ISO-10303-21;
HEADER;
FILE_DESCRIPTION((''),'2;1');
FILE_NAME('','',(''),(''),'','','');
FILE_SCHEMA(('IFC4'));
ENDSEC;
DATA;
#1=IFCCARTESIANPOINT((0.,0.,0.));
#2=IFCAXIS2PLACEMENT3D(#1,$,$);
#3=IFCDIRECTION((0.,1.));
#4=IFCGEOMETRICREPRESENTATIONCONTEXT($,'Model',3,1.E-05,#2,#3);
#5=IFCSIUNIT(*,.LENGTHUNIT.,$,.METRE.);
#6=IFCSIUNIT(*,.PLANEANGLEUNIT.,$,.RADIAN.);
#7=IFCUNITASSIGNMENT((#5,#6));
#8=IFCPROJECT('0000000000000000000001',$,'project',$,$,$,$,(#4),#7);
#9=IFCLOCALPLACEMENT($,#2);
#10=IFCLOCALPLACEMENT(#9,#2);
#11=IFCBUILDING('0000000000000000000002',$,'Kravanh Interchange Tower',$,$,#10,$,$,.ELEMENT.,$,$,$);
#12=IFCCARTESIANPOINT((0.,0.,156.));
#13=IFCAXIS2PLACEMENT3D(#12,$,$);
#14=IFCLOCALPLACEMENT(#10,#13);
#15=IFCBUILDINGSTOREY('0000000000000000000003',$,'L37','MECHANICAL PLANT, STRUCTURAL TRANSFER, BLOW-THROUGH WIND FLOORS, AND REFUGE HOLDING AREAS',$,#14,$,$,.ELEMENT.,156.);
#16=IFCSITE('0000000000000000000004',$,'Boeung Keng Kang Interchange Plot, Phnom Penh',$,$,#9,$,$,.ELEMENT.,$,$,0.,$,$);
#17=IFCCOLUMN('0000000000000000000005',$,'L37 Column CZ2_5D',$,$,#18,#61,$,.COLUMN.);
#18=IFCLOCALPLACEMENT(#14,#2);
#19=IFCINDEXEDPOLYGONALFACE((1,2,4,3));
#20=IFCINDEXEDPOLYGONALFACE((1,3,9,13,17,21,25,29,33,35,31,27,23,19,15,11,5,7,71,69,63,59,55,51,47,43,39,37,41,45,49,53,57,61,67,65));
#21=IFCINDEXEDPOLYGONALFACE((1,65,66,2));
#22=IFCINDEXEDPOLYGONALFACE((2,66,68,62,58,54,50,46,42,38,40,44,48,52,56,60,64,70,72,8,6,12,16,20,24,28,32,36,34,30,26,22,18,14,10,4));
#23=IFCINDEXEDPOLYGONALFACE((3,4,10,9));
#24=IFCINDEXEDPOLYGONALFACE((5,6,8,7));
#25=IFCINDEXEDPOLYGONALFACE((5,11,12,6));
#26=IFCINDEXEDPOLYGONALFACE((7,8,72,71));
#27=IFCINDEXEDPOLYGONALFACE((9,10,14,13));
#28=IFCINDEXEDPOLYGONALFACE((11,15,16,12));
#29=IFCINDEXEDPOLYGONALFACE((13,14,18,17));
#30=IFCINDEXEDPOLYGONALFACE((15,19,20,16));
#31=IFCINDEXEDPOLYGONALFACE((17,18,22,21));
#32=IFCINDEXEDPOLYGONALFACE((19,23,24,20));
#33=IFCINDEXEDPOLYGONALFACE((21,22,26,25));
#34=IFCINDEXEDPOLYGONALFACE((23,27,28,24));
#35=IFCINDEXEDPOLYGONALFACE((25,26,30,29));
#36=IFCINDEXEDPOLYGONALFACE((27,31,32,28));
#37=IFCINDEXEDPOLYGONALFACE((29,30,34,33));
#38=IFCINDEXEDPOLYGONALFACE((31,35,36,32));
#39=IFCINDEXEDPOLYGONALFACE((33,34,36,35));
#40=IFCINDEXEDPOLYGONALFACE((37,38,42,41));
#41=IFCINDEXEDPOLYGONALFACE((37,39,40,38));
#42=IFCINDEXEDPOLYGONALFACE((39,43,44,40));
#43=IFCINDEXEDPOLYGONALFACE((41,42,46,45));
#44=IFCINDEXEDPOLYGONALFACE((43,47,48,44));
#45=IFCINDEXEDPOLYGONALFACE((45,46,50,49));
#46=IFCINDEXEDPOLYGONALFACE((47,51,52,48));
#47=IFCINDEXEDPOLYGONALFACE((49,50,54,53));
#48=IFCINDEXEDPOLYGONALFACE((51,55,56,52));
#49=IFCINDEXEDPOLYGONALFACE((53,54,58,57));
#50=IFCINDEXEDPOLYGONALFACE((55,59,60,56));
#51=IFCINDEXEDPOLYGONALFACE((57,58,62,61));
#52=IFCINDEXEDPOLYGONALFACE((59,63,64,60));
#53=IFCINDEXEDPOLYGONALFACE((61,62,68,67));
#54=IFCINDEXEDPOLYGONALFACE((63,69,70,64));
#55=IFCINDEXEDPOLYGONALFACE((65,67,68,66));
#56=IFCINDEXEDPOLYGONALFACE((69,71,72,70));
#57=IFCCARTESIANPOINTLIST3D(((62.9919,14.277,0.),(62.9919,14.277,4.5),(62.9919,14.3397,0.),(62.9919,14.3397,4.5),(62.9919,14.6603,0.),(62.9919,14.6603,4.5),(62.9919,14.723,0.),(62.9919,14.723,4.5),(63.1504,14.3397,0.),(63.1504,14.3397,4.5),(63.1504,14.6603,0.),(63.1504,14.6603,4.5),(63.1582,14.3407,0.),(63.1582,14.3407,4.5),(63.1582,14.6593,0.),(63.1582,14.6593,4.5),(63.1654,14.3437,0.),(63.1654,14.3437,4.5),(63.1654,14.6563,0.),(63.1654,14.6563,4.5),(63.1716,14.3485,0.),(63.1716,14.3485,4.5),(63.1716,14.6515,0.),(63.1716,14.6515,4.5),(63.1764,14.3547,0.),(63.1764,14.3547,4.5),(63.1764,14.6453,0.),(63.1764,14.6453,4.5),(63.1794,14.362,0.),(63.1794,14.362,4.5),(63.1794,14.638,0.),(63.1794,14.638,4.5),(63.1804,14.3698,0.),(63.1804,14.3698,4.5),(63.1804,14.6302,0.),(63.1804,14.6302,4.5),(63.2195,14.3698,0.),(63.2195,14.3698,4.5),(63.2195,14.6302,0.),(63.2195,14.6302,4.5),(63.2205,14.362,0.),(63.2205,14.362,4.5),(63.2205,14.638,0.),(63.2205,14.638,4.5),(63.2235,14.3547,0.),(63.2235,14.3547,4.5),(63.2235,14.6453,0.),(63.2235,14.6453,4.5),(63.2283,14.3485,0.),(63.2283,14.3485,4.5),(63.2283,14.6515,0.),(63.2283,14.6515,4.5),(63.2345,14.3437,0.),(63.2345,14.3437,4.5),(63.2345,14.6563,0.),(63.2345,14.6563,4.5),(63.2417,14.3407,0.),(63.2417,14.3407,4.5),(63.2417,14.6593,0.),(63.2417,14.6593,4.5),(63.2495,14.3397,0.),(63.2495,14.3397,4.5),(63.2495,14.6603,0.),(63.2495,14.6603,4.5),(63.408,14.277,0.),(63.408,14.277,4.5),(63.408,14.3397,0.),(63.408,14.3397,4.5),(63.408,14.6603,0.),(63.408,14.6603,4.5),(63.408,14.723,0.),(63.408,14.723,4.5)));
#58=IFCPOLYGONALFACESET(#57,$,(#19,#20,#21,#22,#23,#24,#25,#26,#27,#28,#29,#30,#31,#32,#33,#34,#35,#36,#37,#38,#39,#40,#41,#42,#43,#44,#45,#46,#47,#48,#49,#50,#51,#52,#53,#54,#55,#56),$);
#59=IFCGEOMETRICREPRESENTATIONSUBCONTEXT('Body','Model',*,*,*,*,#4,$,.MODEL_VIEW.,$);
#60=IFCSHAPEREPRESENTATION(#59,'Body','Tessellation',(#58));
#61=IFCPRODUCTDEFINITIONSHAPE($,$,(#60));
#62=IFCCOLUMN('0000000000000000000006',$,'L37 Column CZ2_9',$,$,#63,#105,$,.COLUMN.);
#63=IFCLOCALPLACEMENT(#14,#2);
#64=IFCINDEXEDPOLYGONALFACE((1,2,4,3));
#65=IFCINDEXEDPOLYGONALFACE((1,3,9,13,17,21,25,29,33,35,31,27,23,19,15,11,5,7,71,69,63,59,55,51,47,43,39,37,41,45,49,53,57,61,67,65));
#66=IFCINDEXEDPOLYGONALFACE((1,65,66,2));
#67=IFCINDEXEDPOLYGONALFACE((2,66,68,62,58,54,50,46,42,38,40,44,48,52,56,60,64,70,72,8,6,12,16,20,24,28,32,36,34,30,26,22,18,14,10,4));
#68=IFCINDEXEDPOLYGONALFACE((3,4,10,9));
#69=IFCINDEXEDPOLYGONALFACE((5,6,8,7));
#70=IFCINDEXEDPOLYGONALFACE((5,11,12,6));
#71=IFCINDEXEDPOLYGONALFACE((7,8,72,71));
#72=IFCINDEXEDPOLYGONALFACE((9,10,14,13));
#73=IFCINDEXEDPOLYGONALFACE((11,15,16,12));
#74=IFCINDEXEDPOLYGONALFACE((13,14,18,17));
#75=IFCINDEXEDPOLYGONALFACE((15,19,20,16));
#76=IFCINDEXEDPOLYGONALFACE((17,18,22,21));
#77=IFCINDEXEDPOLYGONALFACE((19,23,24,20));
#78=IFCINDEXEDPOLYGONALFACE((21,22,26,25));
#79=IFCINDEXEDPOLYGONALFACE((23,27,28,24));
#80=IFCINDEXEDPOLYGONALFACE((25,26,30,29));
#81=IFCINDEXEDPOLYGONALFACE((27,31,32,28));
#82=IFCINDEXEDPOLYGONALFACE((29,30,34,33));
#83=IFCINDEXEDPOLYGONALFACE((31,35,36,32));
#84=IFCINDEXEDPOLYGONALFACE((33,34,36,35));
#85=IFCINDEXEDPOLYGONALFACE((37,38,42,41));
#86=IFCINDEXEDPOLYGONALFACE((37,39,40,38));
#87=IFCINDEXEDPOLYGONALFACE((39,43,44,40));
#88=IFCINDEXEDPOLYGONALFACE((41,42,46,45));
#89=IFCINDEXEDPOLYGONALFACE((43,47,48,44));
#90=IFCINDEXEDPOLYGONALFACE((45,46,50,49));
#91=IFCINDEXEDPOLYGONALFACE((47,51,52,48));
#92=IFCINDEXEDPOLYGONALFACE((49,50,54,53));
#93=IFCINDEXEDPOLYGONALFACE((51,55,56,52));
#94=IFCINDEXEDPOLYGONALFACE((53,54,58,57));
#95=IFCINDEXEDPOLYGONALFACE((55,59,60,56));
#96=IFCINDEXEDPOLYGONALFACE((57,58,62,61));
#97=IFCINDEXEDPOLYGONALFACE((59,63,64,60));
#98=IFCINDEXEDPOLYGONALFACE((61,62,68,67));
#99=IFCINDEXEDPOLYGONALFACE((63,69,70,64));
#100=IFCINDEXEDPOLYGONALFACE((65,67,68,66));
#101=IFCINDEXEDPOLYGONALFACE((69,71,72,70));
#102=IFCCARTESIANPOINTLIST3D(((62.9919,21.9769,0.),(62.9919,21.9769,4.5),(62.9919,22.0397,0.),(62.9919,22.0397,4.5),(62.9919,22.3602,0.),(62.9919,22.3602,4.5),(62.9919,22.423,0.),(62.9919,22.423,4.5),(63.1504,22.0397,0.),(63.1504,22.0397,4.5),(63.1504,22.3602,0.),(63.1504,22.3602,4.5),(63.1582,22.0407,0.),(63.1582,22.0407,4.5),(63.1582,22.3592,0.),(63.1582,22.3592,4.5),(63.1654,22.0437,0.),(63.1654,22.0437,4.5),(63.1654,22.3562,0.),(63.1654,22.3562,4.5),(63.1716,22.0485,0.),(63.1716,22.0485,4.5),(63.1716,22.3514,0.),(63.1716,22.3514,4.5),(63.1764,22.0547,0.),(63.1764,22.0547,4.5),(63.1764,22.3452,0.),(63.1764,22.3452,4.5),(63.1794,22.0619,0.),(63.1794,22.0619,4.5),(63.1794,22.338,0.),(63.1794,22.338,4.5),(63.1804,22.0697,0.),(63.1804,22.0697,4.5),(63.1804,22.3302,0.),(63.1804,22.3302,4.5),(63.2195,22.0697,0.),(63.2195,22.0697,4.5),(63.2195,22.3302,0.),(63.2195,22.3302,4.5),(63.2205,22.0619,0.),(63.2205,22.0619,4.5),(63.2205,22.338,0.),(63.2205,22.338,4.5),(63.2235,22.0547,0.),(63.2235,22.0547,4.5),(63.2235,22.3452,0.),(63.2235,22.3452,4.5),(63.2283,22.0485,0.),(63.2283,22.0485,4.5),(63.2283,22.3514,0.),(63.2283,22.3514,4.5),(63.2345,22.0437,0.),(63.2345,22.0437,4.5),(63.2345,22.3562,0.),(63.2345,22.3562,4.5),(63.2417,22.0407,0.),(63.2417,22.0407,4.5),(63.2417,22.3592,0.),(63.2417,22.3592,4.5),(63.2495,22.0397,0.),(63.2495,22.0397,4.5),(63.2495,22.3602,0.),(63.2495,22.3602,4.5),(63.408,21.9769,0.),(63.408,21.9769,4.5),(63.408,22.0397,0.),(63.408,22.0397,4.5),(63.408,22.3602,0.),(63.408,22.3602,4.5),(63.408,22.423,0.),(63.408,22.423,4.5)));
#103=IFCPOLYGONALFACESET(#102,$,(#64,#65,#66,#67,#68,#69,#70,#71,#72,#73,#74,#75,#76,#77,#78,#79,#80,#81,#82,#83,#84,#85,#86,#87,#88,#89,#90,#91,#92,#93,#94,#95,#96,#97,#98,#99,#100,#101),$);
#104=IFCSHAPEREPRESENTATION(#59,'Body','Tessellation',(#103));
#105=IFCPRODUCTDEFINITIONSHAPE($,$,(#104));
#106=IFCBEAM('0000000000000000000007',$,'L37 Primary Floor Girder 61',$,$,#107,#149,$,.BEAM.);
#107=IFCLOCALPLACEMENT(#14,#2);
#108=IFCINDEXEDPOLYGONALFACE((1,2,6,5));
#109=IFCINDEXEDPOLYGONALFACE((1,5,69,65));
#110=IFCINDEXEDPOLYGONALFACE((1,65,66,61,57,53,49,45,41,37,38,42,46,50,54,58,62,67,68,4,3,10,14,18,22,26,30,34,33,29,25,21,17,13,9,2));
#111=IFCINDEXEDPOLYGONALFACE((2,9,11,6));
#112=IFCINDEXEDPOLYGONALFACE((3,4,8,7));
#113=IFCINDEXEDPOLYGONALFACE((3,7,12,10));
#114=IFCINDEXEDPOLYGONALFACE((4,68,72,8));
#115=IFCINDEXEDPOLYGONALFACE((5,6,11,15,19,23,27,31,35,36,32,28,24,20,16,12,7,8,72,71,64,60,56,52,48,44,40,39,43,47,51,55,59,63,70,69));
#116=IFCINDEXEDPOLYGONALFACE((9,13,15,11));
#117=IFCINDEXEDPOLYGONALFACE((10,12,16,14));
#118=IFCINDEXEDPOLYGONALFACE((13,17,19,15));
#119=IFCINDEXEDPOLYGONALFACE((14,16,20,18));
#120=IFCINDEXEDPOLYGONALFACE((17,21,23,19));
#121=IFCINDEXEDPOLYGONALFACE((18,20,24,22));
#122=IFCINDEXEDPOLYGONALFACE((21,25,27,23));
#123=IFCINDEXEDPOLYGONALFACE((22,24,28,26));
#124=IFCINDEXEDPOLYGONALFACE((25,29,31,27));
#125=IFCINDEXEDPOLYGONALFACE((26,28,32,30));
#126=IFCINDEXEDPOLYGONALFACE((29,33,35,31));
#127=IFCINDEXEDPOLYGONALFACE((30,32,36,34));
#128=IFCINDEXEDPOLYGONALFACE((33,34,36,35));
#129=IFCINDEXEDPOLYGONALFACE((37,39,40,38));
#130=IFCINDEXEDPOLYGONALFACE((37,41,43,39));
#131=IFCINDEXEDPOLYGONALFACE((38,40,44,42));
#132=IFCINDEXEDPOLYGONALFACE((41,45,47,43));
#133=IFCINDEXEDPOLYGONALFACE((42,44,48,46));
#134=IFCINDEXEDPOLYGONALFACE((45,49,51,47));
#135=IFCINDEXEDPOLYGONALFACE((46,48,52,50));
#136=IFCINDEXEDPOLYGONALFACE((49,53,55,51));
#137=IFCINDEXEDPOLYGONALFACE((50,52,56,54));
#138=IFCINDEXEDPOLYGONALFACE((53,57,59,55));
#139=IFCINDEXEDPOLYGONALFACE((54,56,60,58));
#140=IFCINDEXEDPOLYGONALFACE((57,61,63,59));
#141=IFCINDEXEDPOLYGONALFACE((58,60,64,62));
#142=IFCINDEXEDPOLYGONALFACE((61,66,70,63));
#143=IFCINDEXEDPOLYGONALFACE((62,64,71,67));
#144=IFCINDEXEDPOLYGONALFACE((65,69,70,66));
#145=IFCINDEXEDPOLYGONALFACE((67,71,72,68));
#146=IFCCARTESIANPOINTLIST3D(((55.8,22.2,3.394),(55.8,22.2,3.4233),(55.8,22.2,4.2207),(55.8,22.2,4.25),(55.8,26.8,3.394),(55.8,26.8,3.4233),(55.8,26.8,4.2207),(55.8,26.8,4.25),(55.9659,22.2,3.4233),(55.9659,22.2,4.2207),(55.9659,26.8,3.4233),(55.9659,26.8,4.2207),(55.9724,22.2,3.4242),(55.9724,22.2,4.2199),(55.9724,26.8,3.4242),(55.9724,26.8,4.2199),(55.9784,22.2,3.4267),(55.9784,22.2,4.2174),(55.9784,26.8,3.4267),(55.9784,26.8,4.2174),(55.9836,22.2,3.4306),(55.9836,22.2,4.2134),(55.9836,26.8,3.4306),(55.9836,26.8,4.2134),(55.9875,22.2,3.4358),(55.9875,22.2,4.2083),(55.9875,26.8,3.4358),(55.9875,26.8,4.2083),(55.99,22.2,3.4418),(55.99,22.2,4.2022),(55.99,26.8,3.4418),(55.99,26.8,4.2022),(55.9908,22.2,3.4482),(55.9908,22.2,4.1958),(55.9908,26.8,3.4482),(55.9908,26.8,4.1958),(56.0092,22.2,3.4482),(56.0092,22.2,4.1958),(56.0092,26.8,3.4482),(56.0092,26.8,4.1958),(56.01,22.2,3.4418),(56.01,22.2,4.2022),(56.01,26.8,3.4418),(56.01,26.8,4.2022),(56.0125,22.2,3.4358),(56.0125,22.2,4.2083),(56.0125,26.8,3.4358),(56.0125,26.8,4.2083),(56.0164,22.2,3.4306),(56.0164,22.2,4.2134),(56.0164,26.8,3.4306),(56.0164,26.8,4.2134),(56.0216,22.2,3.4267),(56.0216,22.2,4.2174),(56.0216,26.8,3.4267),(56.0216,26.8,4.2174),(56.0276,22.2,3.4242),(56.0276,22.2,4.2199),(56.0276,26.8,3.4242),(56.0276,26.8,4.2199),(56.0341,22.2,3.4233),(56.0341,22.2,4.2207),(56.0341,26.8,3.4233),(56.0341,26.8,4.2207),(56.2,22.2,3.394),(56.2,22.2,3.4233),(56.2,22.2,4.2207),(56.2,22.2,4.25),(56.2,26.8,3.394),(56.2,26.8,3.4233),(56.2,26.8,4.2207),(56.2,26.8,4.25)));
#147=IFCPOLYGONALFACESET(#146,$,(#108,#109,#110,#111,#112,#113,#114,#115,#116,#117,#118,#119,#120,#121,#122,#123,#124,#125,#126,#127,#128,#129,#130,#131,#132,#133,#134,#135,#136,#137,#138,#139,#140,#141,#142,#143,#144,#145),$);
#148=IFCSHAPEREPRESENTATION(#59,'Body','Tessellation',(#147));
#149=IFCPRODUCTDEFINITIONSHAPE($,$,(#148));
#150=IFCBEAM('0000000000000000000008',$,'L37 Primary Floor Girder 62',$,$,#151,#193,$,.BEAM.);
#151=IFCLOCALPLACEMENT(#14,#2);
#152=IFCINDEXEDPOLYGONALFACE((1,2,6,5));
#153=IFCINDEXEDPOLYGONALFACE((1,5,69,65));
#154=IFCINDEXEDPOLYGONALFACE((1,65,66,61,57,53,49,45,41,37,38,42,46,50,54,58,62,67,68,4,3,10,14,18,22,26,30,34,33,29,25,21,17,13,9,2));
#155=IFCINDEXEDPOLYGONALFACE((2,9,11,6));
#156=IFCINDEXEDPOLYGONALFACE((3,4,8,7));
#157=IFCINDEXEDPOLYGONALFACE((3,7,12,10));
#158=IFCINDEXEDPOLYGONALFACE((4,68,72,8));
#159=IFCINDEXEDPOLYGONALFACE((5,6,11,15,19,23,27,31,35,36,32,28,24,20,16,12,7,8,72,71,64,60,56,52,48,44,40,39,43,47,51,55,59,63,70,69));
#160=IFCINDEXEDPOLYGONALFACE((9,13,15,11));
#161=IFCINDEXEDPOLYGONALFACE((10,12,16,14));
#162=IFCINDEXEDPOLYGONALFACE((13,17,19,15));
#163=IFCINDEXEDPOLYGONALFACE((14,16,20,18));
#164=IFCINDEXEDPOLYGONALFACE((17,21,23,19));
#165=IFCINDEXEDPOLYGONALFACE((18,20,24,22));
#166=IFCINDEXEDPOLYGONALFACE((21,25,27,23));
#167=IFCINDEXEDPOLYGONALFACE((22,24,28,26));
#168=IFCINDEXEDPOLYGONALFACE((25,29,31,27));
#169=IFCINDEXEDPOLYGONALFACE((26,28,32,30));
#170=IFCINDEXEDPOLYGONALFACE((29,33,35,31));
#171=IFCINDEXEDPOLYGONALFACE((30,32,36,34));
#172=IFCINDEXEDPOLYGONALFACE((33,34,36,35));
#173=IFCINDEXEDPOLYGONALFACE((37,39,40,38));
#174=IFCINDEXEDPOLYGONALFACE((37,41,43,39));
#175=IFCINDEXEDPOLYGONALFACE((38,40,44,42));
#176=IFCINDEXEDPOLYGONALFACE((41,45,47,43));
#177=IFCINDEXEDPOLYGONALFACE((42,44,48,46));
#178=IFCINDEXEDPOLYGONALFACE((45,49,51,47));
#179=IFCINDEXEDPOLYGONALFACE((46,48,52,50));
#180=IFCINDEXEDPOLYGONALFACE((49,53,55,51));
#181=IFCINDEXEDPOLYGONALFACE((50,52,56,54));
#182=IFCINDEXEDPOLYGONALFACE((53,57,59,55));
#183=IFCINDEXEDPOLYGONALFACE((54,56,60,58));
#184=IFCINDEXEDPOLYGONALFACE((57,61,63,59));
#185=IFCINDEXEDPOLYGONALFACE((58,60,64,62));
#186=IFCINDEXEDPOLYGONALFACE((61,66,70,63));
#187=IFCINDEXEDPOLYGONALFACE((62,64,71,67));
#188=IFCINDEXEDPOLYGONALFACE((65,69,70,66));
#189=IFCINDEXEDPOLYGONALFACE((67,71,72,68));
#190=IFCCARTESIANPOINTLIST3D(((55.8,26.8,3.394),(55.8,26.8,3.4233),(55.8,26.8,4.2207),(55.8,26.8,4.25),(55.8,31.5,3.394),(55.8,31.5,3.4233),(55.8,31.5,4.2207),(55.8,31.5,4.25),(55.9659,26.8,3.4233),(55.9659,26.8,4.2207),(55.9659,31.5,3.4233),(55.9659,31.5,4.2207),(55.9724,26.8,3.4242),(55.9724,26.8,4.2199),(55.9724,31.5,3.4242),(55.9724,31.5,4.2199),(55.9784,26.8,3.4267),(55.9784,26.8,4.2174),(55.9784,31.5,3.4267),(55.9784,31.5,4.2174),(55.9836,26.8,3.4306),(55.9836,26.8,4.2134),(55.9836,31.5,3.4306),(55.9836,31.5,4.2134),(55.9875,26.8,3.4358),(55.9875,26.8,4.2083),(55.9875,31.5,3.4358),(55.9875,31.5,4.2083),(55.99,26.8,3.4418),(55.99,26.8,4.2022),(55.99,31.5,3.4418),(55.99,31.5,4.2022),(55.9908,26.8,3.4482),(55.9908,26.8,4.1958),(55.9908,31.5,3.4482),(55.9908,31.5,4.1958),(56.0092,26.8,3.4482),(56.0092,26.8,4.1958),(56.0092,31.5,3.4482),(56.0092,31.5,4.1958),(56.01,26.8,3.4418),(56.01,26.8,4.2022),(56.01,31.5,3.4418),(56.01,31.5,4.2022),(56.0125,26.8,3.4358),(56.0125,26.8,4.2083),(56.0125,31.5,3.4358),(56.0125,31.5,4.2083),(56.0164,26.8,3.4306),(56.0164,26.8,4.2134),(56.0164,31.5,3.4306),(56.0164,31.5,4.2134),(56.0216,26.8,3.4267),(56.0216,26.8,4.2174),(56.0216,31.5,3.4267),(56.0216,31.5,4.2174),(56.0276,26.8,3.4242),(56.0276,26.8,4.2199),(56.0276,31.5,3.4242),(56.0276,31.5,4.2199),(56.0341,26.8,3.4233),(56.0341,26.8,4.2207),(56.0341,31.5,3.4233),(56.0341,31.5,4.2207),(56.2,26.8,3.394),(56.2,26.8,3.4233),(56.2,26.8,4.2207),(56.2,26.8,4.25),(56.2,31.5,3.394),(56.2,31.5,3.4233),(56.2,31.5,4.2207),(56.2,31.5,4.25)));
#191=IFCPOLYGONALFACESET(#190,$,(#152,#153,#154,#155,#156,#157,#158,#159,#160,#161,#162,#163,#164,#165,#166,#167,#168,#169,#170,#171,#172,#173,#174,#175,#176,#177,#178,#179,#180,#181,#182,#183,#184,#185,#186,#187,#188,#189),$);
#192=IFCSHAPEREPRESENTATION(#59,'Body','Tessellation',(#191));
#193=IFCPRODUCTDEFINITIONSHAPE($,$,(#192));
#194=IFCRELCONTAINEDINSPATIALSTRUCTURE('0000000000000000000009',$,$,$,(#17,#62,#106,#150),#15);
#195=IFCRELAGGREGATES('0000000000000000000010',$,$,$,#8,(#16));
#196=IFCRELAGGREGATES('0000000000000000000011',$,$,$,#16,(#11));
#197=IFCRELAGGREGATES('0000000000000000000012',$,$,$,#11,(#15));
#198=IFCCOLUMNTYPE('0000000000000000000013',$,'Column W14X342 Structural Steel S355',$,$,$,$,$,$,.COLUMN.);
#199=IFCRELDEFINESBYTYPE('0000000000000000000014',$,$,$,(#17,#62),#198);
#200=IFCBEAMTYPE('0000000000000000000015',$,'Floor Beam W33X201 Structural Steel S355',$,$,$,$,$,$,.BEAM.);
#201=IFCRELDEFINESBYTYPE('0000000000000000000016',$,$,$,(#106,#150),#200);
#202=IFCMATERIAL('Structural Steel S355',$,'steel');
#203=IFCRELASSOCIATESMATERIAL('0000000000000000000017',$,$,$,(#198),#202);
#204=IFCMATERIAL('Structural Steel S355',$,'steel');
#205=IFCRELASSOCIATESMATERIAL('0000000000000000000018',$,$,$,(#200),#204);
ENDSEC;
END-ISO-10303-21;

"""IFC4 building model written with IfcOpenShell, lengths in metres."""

from ifc_helpers import new_model, si_unit, direction, frame, origin, origin_2d, place, context, subcontext, project, spatial, i_section, extrude, material, material_profile, profile_set, type_object, element, save


model = new_model("IFC4")

# Units and contexts
model_context = context("Model", 3, precision=1e-05, world=origin(), true_north=direction((0.0, 1.0)))
body_context = subcontext(model_context, "Body", "Model", "MODEL_VIEW")
ifc_project = project(units=[si_unit("LENGTHUNIT", "METRE"), si_unit("PLANEANGLEUNIT", "RADIAN")], contexts=[model_context])

# Site, building, storey
site_placement = place(None, origin())
site = spatial("IfcSite", under=ifc_project, at=site_placement, Name="Boeung Keng Kang Interchange Plot, Phnom Penh", CompositionType="ELEMENT", RefElevation=0.0)
building_placement = place(site_placement, origin())
building = spatial("IfcBuilding", under=site, at=building_placement, Name="Kravanh Interchange Tower", CompositionType="ELEMENT")
storey_placement = place(building_placement, frame((0.0, 0.0, 156.0)))
storey = spatial("IfcBuildingStorey", under=building, at=storey_placement, Name="L37", Description="MECHANICAL PLANT, STRUCTURAL TRANSFER, BLOW-THROUGH WIND FLOORS, AND REFUGE HOLDING AREAS", CompositionType="ELEMENT", Elevation=156.0)

# Columns
ifc_material_1 = material(Name="Structural Steel S355", Category="steel")
ifc_material_profile_1 = material_profile(ifc_material_1, i_section(OverallWidth=0.416, OverallDepth=0.446, WebThickness=0.0391, FlangeThickness=0.0627, FilletRadius=0.03, at=origin_2d()), Name="W14X342")
ifc_profile_set_1 = profile_set([ifc_material_profile_1], Name="Structural Steel S355")
column_type = type_object("IfcColumnType", Name="Column W14X342 Structural Steel S355", PredefinedType="COLUMN", material=ifc_profile_set_1)
for number, where, z_axis, x_axis, name in (
    (1, (63.2, 14.5, 0.0), (0.0, 0.0, 1.0), (1.0, 0.0, 0.0), "L37 Column CZ2_5D"),
    (2, (63.2, 22.2, 0.0), (0.0, 0.0, 1.0), (1.0, 0.0, 0.0), "L37 Column CZ2_9"),
):
    element("IfcColumn", number, at=place(storey_placement, frame(where, z_axis=z_axis, x_axis=x_axis)), inside=storey, type_object=column_type, Name=name, PredefinedType="COLUMN", context=body_context, shape_type="SweptSolid", body=[
        extrude(i_section(OverallWidth=0.416, OverallDepth=0.446, WebThickness=0.0391, FlangeThickness=0.0627, FilletRadius=0.03, at=origin_2d()), origin(), (0.0, 0.0, 1.0), 4.5),
    ])

# Beams
ifc_material_2 = material(Name="Structural Steel S355", Category="steel")
ifc_material_profile_2 = material_profile(ifc_material_2, i_section(OverallWidth=0.3999, OverallDepth=0.856, WebThickness=0.0183, FlangeThickness=0.0293, FilletRadius=0.0249, at=origin_2d()), Name="W33X201")
ifc_profile_set_2 = profile_set([ifc_material_profile_2], Name="Structural Steel S355")
beam_type_1 = type_object("IfcBeamType", Name="Floor Beam W33X201 Structural Steel S355", PredefinedType="BEAM", material=ifc_profile_set_2)
beam_1_placement = place(storey_placement, frame((56.0, 26.8, 3.822), z_axis=(0.0, -1.0, 0.0), x_axis=(1.0, 0.0, 0.0)))
element("IfcBeam", 3, at=beam_1_placement, inside=storey, type_object=beam_type_1, Name="L37 Primary Floor Girder 61", PredefinedType="BEAM", context=body_context, shape_type="SweptSolid", body=[
    extrude(i_section(OverallWidth=0.3999, OverallDepth=0.856, WebThickness=0.0183, FlangeThickness=0.0293, FilletRadius=0.0249, at=origin_2d()), origin(), (0.0, 0.0, 1.0), 4.6001),
])
for number, where, z_axis, x_axis, name in (
    (4, (56.0, 26.8, 3.822), (0.0, 1.0, 0.0), (-1.0, 0.0, 0.0), "L37 Primary Floor Girder 62"),
):
    element("IfcBeam", number, at=place(storey_placement, frame(where, z_axis=z_axis, x_axis=x_axis)), inside=storey, type_object=beam_type_1, Name=name, PredefinedType="BEAM", context=body_context, shape_type="SweptSolid", body=[
        extrude(i_section(OverallWidth=0.3999, OverallDepth=0.856, WebThickness=0.0183, FlangeThickness=0.0293, FilletRadius=0.0249, at=origin_2d()), origin(), (0.0, 0.0, 1.0), 4.7),
    ])

save(model, "model.ifc")
